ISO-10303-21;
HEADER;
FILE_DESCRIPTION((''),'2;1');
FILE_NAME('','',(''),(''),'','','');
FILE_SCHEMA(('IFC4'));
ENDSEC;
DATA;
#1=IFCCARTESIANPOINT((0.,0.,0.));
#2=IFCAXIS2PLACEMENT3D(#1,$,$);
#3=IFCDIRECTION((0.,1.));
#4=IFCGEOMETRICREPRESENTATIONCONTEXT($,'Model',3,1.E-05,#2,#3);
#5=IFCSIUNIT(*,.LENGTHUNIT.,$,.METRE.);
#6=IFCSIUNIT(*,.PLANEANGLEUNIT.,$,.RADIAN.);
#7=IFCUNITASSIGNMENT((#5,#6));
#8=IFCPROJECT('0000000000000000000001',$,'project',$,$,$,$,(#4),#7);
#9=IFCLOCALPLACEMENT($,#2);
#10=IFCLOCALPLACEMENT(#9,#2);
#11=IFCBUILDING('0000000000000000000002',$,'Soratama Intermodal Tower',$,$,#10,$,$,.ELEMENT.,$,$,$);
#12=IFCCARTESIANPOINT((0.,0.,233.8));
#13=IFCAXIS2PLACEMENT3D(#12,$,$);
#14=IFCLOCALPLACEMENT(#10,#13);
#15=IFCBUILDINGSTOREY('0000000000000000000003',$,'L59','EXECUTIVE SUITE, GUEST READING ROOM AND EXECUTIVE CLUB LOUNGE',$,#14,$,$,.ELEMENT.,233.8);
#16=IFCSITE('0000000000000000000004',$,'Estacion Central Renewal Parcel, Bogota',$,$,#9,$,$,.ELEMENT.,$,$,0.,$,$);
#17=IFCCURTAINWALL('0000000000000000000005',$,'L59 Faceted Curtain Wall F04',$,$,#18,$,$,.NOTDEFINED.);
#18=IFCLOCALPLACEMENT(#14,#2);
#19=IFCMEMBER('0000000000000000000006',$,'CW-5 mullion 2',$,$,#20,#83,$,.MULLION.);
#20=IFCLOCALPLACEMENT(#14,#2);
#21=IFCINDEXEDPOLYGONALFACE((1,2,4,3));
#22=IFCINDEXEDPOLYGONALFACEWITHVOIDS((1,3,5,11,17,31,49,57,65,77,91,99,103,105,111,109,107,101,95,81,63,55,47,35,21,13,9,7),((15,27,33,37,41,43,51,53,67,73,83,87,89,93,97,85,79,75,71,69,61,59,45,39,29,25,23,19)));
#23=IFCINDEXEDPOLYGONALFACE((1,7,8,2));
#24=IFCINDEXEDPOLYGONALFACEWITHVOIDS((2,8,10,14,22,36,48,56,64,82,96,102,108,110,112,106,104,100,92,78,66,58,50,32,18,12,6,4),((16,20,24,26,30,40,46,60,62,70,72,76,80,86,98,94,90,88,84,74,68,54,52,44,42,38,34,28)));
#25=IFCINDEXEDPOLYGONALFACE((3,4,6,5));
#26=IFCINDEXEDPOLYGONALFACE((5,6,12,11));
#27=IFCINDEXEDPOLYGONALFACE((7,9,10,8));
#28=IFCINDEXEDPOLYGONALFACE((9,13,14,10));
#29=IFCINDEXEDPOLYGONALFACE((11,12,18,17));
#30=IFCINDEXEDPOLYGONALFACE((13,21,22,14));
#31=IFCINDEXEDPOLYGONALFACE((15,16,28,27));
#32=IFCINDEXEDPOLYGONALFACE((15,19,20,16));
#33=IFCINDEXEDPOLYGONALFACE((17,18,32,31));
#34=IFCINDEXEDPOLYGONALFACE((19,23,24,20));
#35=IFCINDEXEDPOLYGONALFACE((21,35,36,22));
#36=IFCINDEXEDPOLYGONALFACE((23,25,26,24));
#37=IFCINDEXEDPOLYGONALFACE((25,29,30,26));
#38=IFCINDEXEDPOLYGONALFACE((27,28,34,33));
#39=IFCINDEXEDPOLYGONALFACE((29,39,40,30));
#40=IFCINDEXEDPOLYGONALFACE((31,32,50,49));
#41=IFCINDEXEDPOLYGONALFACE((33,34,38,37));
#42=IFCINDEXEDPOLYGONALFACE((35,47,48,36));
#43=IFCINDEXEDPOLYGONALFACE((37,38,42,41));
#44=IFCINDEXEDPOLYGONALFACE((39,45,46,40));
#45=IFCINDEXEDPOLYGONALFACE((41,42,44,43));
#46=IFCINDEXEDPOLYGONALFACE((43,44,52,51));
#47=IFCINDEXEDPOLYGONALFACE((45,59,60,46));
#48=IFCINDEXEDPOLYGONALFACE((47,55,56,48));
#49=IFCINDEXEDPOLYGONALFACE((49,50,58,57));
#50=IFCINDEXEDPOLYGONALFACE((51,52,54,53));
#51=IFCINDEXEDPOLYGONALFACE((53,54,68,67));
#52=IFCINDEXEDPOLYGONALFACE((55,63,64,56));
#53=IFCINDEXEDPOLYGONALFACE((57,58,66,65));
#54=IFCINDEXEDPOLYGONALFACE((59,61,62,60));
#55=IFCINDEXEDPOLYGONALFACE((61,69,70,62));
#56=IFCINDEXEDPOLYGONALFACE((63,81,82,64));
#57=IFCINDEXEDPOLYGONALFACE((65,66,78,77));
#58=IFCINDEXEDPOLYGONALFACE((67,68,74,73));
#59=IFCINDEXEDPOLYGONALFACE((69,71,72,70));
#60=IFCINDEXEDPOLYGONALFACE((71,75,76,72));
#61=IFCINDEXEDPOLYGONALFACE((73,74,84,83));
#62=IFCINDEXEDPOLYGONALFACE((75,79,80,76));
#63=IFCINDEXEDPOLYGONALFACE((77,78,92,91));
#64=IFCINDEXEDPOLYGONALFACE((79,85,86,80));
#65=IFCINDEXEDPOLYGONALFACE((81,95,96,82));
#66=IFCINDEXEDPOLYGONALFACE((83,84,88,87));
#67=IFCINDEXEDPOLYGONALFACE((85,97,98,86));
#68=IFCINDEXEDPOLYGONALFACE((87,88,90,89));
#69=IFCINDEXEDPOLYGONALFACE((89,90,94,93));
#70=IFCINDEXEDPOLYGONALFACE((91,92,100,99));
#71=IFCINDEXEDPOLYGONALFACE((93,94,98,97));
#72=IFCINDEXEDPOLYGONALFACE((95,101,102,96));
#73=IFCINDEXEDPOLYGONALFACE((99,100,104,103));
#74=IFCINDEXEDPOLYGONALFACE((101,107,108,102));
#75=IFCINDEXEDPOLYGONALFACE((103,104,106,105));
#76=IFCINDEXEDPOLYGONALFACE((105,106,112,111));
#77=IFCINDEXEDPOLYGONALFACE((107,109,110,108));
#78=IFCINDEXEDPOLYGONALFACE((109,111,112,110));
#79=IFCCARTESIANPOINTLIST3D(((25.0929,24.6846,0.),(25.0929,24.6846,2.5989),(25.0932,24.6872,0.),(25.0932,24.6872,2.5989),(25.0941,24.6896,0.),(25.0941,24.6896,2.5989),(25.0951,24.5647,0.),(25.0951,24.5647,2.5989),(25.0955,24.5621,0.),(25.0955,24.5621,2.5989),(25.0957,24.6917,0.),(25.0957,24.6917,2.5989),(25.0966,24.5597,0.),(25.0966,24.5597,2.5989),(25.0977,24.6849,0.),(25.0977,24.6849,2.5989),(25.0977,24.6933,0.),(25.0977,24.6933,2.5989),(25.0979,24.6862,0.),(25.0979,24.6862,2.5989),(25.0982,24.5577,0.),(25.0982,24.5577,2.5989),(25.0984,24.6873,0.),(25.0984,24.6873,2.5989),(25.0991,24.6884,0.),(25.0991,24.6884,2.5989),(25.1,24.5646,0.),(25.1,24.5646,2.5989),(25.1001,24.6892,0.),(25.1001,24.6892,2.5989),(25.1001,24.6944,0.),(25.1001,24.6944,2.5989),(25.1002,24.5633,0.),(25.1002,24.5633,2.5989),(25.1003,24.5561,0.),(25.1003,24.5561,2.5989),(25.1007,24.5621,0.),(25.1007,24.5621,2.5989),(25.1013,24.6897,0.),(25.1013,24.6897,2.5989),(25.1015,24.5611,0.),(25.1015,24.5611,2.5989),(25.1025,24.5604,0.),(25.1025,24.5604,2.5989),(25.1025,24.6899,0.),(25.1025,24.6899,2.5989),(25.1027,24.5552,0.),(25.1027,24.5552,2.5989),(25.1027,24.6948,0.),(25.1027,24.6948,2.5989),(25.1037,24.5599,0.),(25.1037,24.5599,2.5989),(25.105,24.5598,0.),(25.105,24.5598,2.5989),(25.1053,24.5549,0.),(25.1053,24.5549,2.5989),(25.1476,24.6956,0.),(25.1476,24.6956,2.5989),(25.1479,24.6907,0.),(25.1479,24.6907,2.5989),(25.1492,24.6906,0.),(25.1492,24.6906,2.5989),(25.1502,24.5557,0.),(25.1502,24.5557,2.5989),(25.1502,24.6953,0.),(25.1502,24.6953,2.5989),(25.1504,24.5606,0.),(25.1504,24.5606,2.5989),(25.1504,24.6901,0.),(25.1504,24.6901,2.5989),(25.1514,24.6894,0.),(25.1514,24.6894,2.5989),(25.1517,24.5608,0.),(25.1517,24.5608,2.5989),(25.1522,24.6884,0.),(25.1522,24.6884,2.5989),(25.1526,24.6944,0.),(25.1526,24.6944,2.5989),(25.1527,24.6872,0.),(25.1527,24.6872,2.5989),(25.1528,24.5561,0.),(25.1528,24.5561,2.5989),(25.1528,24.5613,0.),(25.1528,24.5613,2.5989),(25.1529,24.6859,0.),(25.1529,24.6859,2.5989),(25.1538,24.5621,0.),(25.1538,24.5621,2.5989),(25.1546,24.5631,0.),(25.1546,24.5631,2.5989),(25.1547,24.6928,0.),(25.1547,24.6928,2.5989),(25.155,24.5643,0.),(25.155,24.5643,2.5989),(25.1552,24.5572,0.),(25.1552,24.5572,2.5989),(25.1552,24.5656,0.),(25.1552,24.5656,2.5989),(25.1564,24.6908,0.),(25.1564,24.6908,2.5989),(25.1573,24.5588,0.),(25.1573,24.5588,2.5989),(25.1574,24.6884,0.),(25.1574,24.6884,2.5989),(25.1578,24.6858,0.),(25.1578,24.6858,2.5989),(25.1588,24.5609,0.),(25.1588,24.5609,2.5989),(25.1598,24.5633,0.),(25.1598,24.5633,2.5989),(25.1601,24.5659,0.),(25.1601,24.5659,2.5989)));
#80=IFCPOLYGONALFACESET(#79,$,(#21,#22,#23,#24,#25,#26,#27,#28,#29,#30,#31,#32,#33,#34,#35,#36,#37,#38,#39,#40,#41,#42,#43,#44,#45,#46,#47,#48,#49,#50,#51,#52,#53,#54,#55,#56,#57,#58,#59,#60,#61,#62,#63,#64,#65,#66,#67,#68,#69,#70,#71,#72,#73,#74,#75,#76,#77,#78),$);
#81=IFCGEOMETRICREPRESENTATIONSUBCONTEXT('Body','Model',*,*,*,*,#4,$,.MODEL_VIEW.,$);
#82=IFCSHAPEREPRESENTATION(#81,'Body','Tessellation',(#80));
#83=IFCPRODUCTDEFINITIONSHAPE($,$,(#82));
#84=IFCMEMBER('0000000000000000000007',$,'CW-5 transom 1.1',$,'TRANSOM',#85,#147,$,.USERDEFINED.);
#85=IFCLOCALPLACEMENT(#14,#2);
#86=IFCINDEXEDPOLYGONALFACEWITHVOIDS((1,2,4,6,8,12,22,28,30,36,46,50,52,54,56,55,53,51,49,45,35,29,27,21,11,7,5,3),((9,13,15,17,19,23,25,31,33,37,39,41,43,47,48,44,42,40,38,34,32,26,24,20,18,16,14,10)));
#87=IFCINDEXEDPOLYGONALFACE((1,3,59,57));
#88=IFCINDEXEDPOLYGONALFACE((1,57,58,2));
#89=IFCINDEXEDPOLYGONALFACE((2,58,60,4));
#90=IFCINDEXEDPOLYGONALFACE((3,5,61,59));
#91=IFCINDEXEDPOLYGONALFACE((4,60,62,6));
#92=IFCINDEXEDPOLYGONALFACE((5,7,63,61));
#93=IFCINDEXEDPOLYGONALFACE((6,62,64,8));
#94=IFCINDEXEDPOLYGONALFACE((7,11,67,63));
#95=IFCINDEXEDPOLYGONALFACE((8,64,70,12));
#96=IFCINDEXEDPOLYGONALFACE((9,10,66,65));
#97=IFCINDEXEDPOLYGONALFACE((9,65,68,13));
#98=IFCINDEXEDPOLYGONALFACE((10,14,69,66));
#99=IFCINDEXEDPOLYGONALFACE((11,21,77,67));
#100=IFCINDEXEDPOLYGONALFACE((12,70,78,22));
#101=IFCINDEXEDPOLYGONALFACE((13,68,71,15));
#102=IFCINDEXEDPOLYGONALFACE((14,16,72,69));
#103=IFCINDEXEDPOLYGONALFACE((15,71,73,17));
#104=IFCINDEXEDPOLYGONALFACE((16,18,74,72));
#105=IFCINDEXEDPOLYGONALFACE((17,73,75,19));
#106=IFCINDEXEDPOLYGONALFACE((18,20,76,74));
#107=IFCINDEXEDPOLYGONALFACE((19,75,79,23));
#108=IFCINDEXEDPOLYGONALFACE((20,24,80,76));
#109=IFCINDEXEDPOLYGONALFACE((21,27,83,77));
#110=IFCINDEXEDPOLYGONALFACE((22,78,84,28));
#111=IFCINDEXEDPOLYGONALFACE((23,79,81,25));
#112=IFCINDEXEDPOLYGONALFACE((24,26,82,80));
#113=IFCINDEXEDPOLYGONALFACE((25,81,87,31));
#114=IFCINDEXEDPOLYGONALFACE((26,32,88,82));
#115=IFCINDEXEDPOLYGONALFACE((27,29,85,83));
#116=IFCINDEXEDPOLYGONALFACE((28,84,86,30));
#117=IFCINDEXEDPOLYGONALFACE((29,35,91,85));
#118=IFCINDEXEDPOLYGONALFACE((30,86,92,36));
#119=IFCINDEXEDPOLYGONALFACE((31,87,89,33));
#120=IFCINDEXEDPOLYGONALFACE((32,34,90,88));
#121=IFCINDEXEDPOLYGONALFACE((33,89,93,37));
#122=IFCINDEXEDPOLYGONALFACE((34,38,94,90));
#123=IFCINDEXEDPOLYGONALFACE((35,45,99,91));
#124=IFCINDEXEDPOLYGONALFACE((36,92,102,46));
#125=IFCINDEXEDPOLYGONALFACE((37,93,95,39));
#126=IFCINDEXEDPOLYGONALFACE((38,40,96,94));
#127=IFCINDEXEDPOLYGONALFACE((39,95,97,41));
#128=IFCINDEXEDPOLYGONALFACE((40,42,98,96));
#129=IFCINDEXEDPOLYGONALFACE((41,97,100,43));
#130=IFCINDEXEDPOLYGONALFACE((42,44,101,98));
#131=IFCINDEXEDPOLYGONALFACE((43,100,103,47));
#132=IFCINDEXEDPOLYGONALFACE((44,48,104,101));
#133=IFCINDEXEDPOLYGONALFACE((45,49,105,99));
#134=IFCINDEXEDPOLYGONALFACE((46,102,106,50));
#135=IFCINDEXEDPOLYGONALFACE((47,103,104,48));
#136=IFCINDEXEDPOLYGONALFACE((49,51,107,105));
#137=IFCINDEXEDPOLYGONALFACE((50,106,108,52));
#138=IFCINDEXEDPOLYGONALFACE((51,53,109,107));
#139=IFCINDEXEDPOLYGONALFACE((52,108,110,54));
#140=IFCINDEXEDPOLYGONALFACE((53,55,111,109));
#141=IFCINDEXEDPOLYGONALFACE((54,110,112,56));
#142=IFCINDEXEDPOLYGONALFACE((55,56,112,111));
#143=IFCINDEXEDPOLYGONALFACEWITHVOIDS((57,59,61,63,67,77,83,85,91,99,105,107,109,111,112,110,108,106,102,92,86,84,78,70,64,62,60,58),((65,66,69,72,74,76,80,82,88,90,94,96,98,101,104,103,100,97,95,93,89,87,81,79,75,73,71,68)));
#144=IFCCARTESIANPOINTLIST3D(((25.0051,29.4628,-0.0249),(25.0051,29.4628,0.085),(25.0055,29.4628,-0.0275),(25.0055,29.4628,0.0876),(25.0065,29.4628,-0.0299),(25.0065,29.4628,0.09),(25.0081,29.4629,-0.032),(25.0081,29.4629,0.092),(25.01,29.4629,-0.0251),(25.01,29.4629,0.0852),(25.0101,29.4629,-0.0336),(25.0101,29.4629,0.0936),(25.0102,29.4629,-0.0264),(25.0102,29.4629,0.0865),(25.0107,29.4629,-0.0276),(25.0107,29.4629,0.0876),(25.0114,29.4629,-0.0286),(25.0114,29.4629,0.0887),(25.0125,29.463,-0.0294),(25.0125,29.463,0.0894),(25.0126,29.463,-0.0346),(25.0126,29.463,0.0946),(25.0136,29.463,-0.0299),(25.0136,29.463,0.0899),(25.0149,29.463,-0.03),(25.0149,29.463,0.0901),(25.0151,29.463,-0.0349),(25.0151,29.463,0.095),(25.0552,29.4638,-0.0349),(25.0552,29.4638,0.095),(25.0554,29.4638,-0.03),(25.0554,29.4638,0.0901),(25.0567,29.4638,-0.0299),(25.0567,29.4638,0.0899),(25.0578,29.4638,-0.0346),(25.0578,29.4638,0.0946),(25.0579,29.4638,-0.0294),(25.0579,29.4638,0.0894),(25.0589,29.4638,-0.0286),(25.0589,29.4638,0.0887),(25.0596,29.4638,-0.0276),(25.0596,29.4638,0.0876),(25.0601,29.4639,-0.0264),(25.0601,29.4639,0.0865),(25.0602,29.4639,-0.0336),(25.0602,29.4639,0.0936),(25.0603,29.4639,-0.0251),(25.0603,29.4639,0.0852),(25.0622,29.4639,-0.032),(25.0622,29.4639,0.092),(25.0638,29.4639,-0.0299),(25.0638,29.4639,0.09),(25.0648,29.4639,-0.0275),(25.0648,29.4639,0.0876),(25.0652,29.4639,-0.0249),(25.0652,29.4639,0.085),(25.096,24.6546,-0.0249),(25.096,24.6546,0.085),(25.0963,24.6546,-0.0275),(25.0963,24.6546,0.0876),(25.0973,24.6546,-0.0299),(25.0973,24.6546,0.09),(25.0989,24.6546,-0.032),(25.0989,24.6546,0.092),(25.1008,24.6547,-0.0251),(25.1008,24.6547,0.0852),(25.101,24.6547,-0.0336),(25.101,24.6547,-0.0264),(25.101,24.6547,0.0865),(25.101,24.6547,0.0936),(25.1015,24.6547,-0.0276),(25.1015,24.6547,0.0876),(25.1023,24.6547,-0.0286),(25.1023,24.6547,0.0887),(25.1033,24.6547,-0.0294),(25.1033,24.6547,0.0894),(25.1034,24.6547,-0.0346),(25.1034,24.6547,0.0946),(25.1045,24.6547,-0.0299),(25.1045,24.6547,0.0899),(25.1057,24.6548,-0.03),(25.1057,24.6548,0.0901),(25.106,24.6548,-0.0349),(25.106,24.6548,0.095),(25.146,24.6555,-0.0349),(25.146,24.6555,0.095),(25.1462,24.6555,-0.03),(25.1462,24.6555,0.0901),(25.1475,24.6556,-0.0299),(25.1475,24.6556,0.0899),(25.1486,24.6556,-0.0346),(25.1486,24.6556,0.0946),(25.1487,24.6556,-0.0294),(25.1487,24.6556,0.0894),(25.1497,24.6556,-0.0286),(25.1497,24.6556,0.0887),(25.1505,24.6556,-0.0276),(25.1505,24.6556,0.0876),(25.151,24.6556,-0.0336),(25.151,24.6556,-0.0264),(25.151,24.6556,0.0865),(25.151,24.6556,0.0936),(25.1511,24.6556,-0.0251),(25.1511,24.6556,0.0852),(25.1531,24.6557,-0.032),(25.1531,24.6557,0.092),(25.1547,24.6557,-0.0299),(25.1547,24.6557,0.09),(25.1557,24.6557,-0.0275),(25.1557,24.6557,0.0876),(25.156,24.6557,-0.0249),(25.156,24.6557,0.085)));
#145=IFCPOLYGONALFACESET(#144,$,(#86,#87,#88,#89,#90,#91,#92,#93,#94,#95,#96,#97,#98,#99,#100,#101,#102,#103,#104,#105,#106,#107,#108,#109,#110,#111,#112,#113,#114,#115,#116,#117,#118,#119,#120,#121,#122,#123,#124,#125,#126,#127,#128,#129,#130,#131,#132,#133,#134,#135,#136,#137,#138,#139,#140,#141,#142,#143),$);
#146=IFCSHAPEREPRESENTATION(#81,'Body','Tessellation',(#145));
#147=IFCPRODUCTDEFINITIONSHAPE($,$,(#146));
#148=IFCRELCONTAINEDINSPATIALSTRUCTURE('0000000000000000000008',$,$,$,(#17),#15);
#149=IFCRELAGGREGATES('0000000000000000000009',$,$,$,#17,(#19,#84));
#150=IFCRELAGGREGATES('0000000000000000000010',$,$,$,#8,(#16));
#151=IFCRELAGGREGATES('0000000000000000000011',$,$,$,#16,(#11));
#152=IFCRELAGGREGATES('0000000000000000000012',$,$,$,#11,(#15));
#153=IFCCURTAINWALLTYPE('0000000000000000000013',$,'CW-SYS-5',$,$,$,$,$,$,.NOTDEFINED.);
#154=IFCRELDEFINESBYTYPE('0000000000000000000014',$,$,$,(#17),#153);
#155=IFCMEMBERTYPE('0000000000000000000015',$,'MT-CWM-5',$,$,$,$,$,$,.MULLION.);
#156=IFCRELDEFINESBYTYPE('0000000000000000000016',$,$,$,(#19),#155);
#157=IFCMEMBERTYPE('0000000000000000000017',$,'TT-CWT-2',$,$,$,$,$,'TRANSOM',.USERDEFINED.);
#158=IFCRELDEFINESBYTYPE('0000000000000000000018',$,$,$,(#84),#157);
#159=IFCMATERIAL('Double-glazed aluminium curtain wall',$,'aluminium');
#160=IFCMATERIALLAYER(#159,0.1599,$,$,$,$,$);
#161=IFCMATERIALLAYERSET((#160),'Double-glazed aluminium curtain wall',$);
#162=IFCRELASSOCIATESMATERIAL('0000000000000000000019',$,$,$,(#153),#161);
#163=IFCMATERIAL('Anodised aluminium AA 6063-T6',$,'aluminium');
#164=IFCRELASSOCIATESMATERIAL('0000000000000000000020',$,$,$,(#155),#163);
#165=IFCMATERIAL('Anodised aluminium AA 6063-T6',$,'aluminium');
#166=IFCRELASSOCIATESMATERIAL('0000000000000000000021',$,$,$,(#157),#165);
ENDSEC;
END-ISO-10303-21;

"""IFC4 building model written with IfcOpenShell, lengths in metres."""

from ifc_helpers import new_model, si_unit, direction, frame, origin, origin_2d, place, context, subcontext, project, spatial, hollow_rectangle, extrude, material, layer, layer_set, material_profile, profile_set, type_object, element, aggregate, save


model = new_model("IFC4")

# Units and contexts
model_context = context("Model", 3, precision=1e-05, world=origin(), true_north=direction((0.0, 1.0)))
body_context = subcontext(model_context, "Body", "Model", "MODEL_VIEW")
ifc_project = project(units=[si_unit("LENGTHUNIT", "METRE"), si_unit("PLANEANGLEUNIT", "RADIAN")], contexts=[model_context])

# Site, building, storey
site_placement = place(None, origin())
site = spatial("IfcSite", under=ifc_project, at=site_placement, Name="Estacion Central Renewal Parcel, Bogota", CompositionType="ELEMENT", RefElevation=0.0)
building_placement = place(site_placement, origin())
building = spatial("IfcBuilding", under=site, at=building_placement, Name="Soratama Intermodal Tower", CompositionType="ELEMENT")
storey_placement = place(building_placement, frame((0.0, 0.0, 233.8)))
storey = spatial("IfcBuildingStorey", under=building, at=storey_placement, Name="L59", Description="EXECUTIVE SUITE, GUEST READING ROOM AND EXECUTIVE CLUB LOUNGE", CompositionType="ELEMENT", Elevation=233.8)

# Shared definitions
ifc_material_1 = material(Name="Double-glazed aluminium curtain wall", Category="aluminium")
ifc_layer_1 = layer(ifc_material_1, 0.1599)
ifc_layer_set_1 = layer_set([ifc_layer_1], Name="Double-glazed aluminium curtain wall")
curtain_wall_type = type_object("IfcCurtainWallType", Name="CW-SYS-5", PredefinedType="NOTDEFINED", material=ifc_layer_set_1)
ifc_material_2 = material(Name="Anodised aluminium AA 6063-T6", Category="aluminium")
ifc_material_profile_1 = material_profile(ifc_material_2, hollow_rectangle(XDim=0.0649, YDim=0.1399, WallThickness=0.0049, InnerFilletRadius=0.0049, OuterFilletRadius=0.01, at=origin_2d()), Name="CWM140X65X5")
ifc_profile_set_1 = profile_set([ifc_material_profile_1], Name="Anodised aluminium AA 6063-T6")
member_type_1 = type_object("IfcMemberType", Name="MT-CWM-5", PredefinedType="MULLION", material=ifc_profile_set_1)

# Curtain wall, members
curtain_wall_1_placement = place(storey_placement, origin())
curtain_wall_1 = element("IfcCurtainWall", 1, at=curtain_wall_1_placement, inside=storey, type_object=curtain_wall_type, Name="L59 Faceted Curtain Wall F04", PredefinedType="NOTDEFINED")
member_1_placement = place(storey_placement, frame((25.1265, 24.6252, 0.0), z_axis=(0.0, 0.0, 1.0), x_axis=(0.999822, 0.018851, 0.0)))
member_1 = element("IfcMember", 2, at=member_1_placement, type_object=member_type_1, Name="CW-5 mullion 2", PredefinedType="MULLION", context=body_context, shape_type="SweptSolid", body=[
    extrude(hollow_rectangle(XDim=0.0649, YDim=0.1399, WallThickness=0.0049, InnerFilletRadius=0.0049, OuterFilletRadius=0.01, at=origin_2d()), origin(), (0.0, 0.0, 1.0), 2.5989),
])
ifc_material_3 = material(Name="Anodised aluminium AA 6063-T6", Category="aluminium")
ifc_material_profile_2 = material_profile(ifc_material_3, hollow_rectangle(XDim=0.0601, YDim=0.1299, WallThickness=0.0049, InnerFilletRadius=0.0049, OuterFilletRadius=0.01, at=origin_2d()), Name="CWT130X60X5")
ifc_profile_set_2 = profile_set([ifc_material_profile_2], Name="Anodised aluminium AA 6063-T6")
member_type_2 = type_object("IfcMemberType", Name="TT-CWT-2", ElementType="TRANSOM", PredefinedType="USERDEFINED", material=ifc_profile_set_2)
member_2_placement = place(storey_placement, frame((25.0352, 29.4634, 0.03), z_axis=(0.018886, -0.999822, 0.0), x_axis=(0.999822, 0.018886, 0.0)))
member_2 = element("IfcMember", 3, at=member_2_placement, type_object=member_type_2, Name="CW-5 transom 1.1", ObjectType="TRANSOM", PredefinedType="USERDEFINED", context=body_context, shape_type="SweptSolid", body=[
    extrude(hollow_rectangle(XDim=0.0601, YDim=0.1299, WallThickness=0.0049, InnerFilletRadius=0.0049, OuterFilletRadius=0.01, at=origin_2d()), origin(), (0.0, 0.0, 1.0), 4.8091),
])
aggregate(curtain_wall_1, [member_1, member_2])

save(model, "model.ifc")
